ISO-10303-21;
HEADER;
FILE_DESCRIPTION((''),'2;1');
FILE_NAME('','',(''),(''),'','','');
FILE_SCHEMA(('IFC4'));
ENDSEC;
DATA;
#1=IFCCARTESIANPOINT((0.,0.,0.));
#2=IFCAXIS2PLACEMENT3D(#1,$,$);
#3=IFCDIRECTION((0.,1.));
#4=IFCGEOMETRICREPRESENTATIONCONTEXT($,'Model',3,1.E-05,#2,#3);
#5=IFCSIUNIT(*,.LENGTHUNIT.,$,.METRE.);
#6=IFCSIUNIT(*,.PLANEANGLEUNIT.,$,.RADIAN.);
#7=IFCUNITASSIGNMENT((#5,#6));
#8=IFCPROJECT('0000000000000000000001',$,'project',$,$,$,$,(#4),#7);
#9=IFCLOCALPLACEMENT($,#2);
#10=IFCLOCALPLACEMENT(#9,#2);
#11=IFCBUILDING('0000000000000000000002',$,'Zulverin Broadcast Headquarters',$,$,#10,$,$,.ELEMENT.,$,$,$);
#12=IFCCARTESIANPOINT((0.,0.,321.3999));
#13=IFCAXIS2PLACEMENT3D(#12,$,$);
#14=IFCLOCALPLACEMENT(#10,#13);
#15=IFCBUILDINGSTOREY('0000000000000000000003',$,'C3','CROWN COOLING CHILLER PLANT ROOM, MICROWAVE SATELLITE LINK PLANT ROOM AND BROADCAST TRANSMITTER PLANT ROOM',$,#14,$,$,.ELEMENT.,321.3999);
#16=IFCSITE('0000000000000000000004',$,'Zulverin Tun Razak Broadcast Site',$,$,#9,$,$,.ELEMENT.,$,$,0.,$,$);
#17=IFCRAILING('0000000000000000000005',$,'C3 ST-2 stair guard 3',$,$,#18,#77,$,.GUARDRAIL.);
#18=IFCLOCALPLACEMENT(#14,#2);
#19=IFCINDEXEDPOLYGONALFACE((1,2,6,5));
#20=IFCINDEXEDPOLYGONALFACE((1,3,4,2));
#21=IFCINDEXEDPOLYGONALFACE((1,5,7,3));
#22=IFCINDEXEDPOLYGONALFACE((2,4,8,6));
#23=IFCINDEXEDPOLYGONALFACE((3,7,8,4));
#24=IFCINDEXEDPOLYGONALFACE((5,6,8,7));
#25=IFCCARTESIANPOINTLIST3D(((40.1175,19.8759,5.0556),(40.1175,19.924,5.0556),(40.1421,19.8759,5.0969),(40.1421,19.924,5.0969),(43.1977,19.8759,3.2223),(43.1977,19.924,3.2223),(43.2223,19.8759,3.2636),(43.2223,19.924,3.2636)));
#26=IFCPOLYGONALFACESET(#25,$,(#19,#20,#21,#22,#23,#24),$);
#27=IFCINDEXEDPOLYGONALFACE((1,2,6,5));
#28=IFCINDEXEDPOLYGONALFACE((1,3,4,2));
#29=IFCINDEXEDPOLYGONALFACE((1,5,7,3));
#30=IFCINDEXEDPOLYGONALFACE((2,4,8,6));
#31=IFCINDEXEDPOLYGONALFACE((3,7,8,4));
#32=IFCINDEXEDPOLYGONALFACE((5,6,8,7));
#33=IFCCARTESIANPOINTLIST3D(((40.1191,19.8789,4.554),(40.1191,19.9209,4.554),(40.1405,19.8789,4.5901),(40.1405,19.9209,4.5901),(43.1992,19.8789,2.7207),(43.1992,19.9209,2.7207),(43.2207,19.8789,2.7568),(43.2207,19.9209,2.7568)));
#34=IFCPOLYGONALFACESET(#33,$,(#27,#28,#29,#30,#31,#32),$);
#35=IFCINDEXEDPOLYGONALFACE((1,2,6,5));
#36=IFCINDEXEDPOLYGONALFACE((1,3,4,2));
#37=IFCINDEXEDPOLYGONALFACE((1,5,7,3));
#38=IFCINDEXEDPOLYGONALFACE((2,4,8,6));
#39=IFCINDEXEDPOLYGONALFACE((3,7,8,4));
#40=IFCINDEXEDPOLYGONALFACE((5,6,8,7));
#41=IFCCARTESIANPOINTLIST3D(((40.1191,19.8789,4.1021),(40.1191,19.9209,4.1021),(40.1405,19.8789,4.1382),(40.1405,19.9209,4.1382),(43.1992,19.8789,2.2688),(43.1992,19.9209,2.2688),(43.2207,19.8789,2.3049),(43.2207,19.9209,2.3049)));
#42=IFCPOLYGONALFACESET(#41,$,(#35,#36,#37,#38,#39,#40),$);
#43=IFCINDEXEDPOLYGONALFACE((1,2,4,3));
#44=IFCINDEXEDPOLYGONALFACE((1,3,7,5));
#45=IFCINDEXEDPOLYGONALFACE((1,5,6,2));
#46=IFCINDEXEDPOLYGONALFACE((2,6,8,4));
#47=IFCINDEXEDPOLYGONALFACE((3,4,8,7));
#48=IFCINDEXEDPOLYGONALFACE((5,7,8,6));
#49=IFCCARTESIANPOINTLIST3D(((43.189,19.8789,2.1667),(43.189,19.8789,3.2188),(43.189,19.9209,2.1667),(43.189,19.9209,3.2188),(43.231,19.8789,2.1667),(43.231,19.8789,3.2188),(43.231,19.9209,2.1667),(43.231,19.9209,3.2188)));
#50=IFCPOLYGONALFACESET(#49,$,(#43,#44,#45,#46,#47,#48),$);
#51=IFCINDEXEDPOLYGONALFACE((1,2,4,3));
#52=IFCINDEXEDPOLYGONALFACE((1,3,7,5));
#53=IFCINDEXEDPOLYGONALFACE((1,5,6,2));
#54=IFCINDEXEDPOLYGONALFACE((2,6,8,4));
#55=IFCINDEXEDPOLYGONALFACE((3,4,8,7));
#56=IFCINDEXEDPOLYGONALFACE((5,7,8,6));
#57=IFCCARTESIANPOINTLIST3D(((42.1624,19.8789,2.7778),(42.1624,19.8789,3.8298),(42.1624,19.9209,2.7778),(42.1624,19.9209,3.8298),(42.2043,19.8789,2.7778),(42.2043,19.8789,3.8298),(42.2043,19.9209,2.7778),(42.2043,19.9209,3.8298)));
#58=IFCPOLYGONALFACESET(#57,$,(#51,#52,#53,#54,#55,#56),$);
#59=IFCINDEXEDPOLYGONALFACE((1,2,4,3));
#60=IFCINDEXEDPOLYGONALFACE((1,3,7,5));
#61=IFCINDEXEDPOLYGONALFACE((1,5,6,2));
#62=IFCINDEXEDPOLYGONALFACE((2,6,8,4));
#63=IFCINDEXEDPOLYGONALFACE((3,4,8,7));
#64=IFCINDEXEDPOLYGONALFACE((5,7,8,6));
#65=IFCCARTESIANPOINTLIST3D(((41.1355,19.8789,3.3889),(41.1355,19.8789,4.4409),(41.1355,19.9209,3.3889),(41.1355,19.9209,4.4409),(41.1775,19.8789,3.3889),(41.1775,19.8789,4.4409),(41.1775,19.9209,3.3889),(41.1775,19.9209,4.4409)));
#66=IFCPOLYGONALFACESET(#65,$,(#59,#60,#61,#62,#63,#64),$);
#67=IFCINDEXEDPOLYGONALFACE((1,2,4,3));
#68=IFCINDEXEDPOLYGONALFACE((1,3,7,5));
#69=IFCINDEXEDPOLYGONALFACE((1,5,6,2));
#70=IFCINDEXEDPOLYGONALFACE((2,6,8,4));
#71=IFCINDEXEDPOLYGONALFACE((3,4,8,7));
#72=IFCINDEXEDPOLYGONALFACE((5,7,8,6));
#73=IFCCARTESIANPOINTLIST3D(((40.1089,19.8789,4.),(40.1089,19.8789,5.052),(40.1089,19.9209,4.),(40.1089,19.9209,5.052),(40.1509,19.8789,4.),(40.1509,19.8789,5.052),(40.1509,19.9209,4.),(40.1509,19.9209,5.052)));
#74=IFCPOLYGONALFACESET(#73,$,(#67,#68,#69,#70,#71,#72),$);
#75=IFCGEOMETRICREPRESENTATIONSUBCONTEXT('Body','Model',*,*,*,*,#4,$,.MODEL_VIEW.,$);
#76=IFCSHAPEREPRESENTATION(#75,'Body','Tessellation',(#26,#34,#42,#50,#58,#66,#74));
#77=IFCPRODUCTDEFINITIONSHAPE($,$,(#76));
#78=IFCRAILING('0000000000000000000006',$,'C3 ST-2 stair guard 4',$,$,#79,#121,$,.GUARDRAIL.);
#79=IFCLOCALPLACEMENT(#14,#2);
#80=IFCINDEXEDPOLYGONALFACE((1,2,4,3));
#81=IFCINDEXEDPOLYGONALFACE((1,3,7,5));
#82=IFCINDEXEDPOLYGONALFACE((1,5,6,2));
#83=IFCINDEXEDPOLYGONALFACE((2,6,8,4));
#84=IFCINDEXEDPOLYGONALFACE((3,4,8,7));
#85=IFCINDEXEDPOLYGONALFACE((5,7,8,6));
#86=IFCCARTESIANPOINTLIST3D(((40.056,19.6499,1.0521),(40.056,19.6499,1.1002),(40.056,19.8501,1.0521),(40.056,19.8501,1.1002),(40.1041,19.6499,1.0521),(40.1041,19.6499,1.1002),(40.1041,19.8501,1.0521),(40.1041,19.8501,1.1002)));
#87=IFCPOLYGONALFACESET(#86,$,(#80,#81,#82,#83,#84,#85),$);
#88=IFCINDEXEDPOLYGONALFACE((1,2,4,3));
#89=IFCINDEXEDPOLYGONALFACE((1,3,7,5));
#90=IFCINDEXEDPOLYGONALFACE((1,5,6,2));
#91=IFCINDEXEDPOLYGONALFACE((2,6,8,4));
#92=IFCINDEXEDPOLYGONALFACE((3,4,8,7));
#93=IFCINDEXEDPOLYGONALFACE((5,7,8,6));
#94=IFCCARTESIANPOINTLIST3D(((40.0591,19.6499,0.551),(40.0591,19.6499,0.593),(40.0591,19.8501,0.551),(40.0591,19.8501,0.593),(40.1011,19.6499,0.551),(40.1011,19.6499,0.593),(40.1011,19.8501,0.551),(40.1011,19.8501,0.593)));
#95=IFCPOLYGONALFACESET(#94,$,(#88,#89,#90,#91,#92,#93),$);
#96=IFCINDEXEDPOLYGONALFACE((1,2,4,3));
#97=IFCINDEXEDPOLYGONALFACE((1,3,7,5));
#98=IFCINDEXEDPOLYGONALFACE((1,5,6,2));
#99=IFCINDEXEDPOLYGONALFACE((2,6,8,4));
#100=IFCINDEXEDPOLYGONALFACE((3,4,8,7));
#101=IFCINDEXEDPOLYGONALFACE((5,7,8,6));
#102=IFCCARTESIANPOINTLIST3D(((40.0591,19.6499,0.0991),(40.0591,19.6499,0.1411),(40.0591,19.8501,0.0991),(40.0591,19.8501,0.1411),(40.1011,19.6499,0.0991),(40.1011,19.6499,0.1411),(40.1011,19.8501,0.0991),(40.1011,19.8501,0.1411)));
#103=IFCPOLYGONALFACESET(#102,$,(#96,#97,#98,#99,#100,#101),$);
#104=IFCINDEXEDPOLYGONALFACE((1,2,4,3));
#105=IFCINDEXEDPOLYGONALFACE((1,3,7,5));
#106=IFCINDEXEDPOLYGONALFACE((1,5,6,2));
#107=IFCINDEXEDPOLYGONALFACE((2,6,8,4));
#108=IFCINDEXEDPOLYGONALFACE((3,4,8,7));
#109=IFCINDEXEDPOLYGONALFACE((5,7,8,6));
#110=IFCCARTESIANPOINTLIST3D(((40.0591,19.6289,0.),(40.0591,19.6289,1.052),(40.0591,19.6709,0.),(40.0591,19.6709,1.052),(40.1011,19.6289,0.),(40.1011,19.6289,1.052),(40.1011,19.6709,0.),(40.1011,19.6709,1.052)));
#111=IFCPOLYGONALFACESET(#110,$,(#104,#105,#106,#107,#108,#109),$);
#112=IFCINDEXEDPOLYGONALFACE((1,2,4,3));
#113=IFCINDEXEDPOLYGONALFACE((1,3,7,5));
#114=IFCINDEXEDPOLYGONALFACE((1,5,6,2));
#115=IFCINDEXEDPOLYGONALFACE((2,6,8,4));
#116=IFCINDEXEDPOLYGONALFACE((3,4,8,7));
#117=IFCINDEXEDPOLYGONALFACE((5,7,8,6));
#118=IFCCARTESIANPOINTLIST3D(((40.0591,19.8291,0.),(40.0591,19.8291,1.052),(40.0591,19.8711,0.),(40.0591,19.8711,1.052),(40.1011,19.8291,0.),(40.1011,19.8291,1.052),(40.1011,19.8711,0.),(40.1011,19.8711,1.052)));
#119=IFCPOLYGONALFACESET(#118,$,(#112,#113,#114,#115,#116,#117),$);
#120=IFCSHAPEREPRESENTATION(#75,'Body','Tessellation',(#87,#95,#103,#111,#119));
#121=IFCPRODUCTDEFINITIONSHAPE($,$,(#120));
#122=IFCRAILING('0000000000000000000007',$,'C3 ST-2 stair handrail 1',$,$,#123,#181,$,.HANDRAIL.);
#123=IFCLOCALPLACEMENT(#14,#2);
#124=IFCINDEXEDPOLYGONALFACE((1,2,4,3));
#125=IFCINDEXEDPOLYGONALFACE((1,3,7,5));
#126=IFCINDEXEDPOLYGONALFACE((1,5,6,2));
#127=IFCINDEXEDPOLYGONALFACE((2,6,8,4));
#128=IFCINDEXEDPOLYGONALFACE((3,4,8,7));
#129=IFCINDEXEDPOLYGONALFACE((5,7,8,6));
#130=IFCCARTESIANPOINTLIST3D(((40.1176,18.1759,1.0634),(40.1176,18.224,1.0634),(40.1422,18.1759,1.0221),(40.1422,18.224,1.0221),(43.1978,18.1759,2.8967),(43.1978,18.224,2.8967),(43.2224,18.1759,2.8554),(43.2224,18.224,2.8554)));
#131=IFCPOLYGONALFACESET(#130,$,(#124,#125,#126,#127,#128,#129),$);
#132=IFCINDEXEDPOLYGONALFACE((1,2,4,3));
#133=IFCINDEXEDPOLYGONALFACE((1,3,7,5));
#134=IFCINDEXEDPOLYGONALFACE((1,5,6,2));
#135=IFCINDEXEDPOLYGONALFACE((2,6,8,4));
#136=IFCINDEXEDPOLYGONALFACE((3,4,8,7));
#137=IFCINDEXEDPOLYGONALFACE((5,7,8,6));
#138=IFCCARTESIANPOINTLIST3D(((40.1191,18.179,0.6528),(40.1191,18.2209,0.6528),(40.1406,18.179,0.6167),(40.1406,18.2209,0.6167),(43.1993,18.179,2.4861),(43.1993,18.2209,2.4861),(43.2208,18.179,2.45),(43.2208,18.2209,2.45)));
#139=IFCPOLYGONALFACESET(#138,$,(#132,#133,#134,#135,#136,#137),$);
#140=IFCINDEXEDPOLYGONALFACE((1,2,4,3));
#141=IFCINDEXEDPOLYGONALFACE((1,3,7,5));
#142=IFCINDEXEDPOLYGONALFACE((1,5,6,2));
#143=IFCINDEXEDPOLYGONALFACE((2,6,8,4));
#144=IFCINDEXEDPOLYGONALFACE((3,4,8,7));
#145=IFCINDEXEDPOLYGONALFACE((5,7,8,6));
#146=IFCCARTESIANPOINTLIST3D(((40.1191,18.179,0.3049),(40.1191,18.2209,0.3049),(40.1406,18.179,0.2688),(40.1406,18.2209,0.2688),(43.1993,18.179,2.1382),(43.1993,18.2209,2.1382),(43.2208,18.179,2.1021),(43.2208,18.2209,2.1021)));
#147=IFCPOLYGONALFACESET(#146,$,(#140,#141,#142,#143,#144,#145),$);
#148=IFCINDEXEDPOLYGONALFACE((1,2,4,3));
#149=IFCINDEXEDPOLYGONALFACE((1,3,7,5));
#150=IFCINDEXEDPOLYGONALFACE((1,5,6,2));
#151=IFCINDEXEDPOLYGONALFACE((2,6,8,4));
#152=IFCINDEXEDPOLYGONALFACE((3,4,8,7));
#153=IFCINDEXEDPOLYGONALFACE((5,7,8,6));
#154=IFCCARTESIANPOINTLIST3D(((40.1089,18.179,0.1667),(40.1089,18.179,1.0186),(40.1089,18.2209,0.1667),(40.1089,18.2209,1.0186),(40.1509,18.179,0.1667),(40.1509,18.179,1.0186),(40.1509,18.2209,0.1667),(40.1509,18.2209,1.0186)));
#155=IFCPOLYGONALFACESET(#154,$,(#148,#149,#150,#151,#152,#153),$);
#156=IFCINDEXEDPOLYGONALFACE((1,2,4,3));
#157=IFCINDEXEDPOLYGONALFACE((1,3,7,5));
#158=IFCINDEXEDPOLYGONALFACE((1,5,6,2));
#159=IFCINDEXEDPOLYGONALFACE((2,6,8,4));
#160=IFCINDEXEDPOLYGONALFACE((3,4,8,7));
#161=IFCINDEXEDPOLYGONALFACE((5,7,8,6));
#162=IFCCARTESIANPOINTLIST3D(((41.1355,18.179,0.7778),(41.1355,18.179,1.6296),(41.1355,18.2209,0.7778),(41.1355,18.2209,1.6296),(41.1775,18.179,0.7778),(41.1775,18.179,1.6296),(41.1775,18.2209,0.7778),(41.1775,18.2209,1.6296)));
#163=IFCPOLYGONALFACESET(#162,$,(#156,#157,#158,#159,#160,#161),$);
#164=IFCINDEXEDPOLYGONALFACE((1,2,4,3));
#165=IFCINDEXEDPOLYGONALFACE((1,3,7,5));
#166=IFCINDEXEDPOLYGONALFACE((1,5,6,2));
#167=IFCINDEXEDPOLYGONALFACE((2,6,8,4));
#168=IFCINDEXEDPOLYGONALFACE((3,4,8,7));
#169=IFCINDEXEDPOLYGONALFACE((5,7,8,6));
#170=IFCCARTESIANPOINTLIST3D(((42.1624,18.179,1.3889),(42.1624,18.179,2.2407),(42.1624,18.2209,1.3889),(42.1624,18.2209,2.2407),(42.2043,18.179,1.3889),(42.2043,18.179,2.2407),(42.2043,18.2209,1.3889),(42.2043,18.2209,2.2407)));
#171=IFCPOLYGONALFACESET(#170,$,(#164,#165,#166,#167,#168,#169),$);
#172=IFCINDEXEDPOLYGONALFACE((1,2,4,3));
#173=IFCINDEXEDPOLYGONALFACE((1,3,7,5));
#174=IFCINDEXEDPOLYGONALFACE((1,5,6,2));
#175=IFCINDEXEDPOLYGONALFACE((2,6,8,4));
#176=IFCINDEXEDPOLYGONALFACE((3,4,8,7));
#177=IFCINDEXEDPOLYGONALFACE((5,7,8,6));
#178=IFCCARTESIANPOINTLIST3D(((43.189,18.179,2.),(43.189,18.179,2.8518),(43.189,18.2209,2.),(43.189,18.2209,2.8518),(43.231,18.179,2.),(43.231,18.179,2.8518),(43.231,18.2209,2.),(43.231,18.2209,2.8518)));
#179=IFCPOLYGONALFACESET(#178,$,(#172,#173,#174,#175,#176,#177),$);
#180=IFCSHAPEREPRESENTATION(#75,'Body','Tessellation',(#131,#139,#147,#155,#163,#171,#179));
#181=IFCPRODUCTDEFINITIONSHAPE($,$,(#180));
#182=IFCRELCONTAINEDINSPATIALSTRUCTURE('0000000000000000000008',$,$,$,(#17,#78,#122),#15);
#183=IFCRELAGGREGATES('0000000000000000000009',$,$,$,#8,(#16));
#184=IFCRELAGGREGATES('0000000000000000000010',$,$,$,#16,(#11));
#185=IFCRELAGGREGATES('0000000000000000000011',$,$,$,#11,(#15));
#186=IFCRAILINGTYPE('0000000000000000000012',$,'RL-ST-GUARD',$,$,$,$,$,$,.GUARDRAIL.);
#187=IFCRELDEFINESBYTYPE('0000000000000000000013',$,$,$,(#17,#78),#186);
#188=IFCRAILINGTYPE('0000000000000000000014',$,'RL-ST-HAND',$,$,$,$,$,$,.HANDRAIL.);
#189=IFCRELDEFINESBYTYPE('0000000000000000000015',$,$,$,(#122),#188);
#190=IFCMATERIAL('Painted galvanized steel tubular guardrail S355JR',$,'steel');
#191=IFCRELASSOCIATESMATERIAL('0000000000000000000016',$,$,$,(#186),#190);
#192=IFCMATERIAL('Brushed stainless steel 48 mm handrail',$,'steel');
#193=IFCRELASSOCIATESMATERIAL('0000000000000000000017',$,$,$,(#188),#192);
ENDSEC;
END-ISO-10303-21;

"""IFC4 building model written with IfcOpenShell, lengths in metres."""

from ifc_helpers import new_model, si_unit, direction, frame, origin, origin_2d, place, context, subcontext, project, spatial, rectangle, extrude, material, type_object, element, save


model = new_model("IFC4")

# Units and contexts
model_context = context("Model", 3, precision=1e-05, world=origin(), true_north=direction((0.0, 1.0)))
body_context = subcontext(model_context, "Body", "Model", "MODEL_VIEW")
ifc_project = project(units=[si_unit("LENGTHUNIT", "METRE"), si_unit("PLANEANGLEUNIT", "RADIAN")], contexts=[model_context])

# Site, building, storey
site_placement = place(None, origin())
site = spatial("IfcSite", under=ifc_project, at=site_placement, Name="Zulverin Tun Razak Broadcast Site", CompositionType="ELEMENT", RefElevation=0.0)
building_placement = place(site_placement, origin())
building = spatial("IfcBuilding", under=site, at=building_placement, Name="Zulverin Broadcast Headquarters", CompositionType="ELEMENT")
storey_placement = place(building_placement, frame((0.0, 0.0, 321.3999)))
storey = spatial("IfcBuildingStorey", under=building, at=storey_placement, Name="C3", Description="CROWN COOLING CHILLER PLANT ROOM, MICROWAVE SATELLITE LINK PLANT ROOM AND BROADCAST TRANSMITTER PLANT ROOM", CompositionType="ELEMENT", Elevation=321.3999)

# Railings
ifc_material_1 = material(Name="Painted galvanized steel tubular guardrail S355JR", Category="steel")
railing_type_1 = type_object("IfcRailingType", Name="RL-ST-GUARD", PredefinedType="GUARDRAIL", material=ifc_material_1)
railing_1_placement = place(storey_placement, frame((43.21, 19.8999, 2.1667)))
element("IfcRailing", 1, at=railing_1_placement, inside=storey, type_object=railing_type_1, Name="C3 ST-2 stair guard 3", PredefinedType="GUARDRAIL", context=body_context, shape_type="SweptSolid", body=[
    extrude(rectangle(XDim=0.0481, YDim=0.0481, at=origin_2d()), frame((0.0, 0.0, 1.0762), z_axis=(-0.859309, 0.0, 0.511458), x_axis=(0.0, -1.0, 0.0)), (0.0, 0.0, 1.0), 3.5845),
    extrude(rectangle(XDim=0.042, YDim=0.042, at=origin_2d()), frame((0.0, 0.0, 0.572), z_axis=(-0.859309, 0.0, 0.511458), x_axis=(0.0, -1.0, 0.0)), (0.0, 0.0, 1.0), 3.5845),
    extrude(rectangle(XDim=0.042, YDim=0.042, at=origin_2d()), frame((0.0, 0.0, 0.1201), z_axis=(-0.859309, 0.0, 0.511458), x_axis=(0.0, -1.0, 0.0)), (0.0, 0.0, 1.0), 3.5845),
    extrude(rectangle(XDim=0.042, YDim=0.042, at=origin_2d()), origin(), (0.0, 0.0, 1.0), 1.052),
    extrude(rectangle(XDim=0.042, YDim=0.042, at=origin_2d()), frame((-1.0266, 0.0, 0.6111)), (0.0, 0.0, 1.0), 1.052),
    extrude(rectangle(XDim=0.042, YDim=0.042, at=origin_2d()), frame((-2.0535, 0.0, 1.2222)), (0.0, 0.0, 1.0), 1.052),
    extrude(rectangle(XDim=0.042, YDim=0.042, at=origin_2d()), frame((-3.0801, 0.0, 1.8333)), (0.0, 0.0, 1.0), 1.052),
])
railing_2_placement = place(storey_placement, frame((40.0801, 19.6499, 0.0)))
element("IfcRailing", 2, at=railing_2_placement, inside=storey, type_object=railing_type_1, Name="C3 ST-2 stair guard 4", PredefinedType="GUARDRAIL", context=body_context, shape_type="SweptSolid", body=[
    extrude(rectangle(XDim=0.0481, YDim=0.0481, at=origin_2d()), frame((0.0, 0.0, 1.0762), z_axis=(0.0, 1.0, 0.0), x_axis=(-1.0, 0.0, 0.0)), (0.0, 0.0, 1.0), 0.2002),
    extrude(rectangle(XDim=0.042, YDim=0.042, at=origin_2d()), frame((0.0, 0.0, 0.572), z_axis=(0.0, 1.0, 0.0), x_axis=(-1.0, 0.0, 0.0)), (0.0, 0.0, 1.0), 0.2002),
    extrude(rectangle(XDim=0.042, YDim=0.042, at=origin_2d()), frame((0.0, 0.0, 0.1201), z_axis=(0.0, 1.0, 0.0), x_axis=(-1.0, 0.0, 0.0)), (0.0, 0.0, 1.0), 0.2002),
    extrude(rectangle(XDim=0.042, YDim=0.042, at=origin_2d()), origin(), (0.0, 0.0, 1.0), 1.052),
    extrude(rectangle(XDim=0.042, YDim=0.042, at=origin_2d()), frame((0.0, 0.2002, 0.0)), (0.0, 0.0, 1.0), 1.052),
])
ifc_material_2 = material(Name="Brushed stainless steel 48 mm handrail", Category="steel")
railing_type_2 = type_object("IfcRailingType", Name="RL-ST-HAND", PredefinedType="HANDRAIL", material=ifc_material_2)
railing_3_placement = place(storey_placement, frame((40.1299, 18.2, 0.1667)))
element("IfcRailing", 3, at=railing_3_placement, inside=storey, type_object=railing_type_2, Name="C3 ST-2 stair handrail 1", PredefinedType="HANDRAIL", context=body_context, shape_type="SweptSolid", body=[
    extrude(rectangle(XDim=0.0481, YDim=0.0481, at=origin_2d()), frame((0.0, 0.0, 0.876), z_axis=(0.859309, 0.0, 0.511458), x_axis=(0.0, 1.0, 0.0)), (0.0, 0.0, 1.0), 3.5845),
    extrude(rectangle(XDim=0.042, YDim=0.042, at=origin_2d()), frame((0.0, 0.0, 0.468), z_axis=(0.859309, 0.0, 0.511458), x_axis=(0.0, 1.0, 0.0)), (0.0, 0.0, 1.0), 3.5845),
    extrude(rectangle(XDim=0.042, YDim=0.042, at=origin_2d()), frame((0.0, 0.0, 0.1201), z_axis=(0.859309, 0.0, 0.511458), x_axis=(0.0, 1.0, 0.0)), (0.0, 0.0, 1.0), 3.5845),
    extrude(rectangle(XDim=0.042, YDim=0.042, at=origin_2d()), origin(), (0.0, 0.0, 1.0), 0.8518),
    extrude(rectangle(XDim=0.042, YDim=0.042, at=origin_2d()), frame((1.0266, 0.0, 0.6111)), (0.0, 0.0, 1.0), 0.8518),
    extrude(rectangle(XDim=0.042, YDim=0.042, at=origin_2d()), frame((2.0535, 0.0, 1.2222)), (0.0, 0.0, 1.0), 0.8518),
    extrude(rectangle(XDim=0.042, YDim=0.042, at=origin_2d()), frame((3.0801, 0.0, 1.8333)), (0.0, 0.0, 1.0), 0.8518),
])

save(model, "model.ifc")
